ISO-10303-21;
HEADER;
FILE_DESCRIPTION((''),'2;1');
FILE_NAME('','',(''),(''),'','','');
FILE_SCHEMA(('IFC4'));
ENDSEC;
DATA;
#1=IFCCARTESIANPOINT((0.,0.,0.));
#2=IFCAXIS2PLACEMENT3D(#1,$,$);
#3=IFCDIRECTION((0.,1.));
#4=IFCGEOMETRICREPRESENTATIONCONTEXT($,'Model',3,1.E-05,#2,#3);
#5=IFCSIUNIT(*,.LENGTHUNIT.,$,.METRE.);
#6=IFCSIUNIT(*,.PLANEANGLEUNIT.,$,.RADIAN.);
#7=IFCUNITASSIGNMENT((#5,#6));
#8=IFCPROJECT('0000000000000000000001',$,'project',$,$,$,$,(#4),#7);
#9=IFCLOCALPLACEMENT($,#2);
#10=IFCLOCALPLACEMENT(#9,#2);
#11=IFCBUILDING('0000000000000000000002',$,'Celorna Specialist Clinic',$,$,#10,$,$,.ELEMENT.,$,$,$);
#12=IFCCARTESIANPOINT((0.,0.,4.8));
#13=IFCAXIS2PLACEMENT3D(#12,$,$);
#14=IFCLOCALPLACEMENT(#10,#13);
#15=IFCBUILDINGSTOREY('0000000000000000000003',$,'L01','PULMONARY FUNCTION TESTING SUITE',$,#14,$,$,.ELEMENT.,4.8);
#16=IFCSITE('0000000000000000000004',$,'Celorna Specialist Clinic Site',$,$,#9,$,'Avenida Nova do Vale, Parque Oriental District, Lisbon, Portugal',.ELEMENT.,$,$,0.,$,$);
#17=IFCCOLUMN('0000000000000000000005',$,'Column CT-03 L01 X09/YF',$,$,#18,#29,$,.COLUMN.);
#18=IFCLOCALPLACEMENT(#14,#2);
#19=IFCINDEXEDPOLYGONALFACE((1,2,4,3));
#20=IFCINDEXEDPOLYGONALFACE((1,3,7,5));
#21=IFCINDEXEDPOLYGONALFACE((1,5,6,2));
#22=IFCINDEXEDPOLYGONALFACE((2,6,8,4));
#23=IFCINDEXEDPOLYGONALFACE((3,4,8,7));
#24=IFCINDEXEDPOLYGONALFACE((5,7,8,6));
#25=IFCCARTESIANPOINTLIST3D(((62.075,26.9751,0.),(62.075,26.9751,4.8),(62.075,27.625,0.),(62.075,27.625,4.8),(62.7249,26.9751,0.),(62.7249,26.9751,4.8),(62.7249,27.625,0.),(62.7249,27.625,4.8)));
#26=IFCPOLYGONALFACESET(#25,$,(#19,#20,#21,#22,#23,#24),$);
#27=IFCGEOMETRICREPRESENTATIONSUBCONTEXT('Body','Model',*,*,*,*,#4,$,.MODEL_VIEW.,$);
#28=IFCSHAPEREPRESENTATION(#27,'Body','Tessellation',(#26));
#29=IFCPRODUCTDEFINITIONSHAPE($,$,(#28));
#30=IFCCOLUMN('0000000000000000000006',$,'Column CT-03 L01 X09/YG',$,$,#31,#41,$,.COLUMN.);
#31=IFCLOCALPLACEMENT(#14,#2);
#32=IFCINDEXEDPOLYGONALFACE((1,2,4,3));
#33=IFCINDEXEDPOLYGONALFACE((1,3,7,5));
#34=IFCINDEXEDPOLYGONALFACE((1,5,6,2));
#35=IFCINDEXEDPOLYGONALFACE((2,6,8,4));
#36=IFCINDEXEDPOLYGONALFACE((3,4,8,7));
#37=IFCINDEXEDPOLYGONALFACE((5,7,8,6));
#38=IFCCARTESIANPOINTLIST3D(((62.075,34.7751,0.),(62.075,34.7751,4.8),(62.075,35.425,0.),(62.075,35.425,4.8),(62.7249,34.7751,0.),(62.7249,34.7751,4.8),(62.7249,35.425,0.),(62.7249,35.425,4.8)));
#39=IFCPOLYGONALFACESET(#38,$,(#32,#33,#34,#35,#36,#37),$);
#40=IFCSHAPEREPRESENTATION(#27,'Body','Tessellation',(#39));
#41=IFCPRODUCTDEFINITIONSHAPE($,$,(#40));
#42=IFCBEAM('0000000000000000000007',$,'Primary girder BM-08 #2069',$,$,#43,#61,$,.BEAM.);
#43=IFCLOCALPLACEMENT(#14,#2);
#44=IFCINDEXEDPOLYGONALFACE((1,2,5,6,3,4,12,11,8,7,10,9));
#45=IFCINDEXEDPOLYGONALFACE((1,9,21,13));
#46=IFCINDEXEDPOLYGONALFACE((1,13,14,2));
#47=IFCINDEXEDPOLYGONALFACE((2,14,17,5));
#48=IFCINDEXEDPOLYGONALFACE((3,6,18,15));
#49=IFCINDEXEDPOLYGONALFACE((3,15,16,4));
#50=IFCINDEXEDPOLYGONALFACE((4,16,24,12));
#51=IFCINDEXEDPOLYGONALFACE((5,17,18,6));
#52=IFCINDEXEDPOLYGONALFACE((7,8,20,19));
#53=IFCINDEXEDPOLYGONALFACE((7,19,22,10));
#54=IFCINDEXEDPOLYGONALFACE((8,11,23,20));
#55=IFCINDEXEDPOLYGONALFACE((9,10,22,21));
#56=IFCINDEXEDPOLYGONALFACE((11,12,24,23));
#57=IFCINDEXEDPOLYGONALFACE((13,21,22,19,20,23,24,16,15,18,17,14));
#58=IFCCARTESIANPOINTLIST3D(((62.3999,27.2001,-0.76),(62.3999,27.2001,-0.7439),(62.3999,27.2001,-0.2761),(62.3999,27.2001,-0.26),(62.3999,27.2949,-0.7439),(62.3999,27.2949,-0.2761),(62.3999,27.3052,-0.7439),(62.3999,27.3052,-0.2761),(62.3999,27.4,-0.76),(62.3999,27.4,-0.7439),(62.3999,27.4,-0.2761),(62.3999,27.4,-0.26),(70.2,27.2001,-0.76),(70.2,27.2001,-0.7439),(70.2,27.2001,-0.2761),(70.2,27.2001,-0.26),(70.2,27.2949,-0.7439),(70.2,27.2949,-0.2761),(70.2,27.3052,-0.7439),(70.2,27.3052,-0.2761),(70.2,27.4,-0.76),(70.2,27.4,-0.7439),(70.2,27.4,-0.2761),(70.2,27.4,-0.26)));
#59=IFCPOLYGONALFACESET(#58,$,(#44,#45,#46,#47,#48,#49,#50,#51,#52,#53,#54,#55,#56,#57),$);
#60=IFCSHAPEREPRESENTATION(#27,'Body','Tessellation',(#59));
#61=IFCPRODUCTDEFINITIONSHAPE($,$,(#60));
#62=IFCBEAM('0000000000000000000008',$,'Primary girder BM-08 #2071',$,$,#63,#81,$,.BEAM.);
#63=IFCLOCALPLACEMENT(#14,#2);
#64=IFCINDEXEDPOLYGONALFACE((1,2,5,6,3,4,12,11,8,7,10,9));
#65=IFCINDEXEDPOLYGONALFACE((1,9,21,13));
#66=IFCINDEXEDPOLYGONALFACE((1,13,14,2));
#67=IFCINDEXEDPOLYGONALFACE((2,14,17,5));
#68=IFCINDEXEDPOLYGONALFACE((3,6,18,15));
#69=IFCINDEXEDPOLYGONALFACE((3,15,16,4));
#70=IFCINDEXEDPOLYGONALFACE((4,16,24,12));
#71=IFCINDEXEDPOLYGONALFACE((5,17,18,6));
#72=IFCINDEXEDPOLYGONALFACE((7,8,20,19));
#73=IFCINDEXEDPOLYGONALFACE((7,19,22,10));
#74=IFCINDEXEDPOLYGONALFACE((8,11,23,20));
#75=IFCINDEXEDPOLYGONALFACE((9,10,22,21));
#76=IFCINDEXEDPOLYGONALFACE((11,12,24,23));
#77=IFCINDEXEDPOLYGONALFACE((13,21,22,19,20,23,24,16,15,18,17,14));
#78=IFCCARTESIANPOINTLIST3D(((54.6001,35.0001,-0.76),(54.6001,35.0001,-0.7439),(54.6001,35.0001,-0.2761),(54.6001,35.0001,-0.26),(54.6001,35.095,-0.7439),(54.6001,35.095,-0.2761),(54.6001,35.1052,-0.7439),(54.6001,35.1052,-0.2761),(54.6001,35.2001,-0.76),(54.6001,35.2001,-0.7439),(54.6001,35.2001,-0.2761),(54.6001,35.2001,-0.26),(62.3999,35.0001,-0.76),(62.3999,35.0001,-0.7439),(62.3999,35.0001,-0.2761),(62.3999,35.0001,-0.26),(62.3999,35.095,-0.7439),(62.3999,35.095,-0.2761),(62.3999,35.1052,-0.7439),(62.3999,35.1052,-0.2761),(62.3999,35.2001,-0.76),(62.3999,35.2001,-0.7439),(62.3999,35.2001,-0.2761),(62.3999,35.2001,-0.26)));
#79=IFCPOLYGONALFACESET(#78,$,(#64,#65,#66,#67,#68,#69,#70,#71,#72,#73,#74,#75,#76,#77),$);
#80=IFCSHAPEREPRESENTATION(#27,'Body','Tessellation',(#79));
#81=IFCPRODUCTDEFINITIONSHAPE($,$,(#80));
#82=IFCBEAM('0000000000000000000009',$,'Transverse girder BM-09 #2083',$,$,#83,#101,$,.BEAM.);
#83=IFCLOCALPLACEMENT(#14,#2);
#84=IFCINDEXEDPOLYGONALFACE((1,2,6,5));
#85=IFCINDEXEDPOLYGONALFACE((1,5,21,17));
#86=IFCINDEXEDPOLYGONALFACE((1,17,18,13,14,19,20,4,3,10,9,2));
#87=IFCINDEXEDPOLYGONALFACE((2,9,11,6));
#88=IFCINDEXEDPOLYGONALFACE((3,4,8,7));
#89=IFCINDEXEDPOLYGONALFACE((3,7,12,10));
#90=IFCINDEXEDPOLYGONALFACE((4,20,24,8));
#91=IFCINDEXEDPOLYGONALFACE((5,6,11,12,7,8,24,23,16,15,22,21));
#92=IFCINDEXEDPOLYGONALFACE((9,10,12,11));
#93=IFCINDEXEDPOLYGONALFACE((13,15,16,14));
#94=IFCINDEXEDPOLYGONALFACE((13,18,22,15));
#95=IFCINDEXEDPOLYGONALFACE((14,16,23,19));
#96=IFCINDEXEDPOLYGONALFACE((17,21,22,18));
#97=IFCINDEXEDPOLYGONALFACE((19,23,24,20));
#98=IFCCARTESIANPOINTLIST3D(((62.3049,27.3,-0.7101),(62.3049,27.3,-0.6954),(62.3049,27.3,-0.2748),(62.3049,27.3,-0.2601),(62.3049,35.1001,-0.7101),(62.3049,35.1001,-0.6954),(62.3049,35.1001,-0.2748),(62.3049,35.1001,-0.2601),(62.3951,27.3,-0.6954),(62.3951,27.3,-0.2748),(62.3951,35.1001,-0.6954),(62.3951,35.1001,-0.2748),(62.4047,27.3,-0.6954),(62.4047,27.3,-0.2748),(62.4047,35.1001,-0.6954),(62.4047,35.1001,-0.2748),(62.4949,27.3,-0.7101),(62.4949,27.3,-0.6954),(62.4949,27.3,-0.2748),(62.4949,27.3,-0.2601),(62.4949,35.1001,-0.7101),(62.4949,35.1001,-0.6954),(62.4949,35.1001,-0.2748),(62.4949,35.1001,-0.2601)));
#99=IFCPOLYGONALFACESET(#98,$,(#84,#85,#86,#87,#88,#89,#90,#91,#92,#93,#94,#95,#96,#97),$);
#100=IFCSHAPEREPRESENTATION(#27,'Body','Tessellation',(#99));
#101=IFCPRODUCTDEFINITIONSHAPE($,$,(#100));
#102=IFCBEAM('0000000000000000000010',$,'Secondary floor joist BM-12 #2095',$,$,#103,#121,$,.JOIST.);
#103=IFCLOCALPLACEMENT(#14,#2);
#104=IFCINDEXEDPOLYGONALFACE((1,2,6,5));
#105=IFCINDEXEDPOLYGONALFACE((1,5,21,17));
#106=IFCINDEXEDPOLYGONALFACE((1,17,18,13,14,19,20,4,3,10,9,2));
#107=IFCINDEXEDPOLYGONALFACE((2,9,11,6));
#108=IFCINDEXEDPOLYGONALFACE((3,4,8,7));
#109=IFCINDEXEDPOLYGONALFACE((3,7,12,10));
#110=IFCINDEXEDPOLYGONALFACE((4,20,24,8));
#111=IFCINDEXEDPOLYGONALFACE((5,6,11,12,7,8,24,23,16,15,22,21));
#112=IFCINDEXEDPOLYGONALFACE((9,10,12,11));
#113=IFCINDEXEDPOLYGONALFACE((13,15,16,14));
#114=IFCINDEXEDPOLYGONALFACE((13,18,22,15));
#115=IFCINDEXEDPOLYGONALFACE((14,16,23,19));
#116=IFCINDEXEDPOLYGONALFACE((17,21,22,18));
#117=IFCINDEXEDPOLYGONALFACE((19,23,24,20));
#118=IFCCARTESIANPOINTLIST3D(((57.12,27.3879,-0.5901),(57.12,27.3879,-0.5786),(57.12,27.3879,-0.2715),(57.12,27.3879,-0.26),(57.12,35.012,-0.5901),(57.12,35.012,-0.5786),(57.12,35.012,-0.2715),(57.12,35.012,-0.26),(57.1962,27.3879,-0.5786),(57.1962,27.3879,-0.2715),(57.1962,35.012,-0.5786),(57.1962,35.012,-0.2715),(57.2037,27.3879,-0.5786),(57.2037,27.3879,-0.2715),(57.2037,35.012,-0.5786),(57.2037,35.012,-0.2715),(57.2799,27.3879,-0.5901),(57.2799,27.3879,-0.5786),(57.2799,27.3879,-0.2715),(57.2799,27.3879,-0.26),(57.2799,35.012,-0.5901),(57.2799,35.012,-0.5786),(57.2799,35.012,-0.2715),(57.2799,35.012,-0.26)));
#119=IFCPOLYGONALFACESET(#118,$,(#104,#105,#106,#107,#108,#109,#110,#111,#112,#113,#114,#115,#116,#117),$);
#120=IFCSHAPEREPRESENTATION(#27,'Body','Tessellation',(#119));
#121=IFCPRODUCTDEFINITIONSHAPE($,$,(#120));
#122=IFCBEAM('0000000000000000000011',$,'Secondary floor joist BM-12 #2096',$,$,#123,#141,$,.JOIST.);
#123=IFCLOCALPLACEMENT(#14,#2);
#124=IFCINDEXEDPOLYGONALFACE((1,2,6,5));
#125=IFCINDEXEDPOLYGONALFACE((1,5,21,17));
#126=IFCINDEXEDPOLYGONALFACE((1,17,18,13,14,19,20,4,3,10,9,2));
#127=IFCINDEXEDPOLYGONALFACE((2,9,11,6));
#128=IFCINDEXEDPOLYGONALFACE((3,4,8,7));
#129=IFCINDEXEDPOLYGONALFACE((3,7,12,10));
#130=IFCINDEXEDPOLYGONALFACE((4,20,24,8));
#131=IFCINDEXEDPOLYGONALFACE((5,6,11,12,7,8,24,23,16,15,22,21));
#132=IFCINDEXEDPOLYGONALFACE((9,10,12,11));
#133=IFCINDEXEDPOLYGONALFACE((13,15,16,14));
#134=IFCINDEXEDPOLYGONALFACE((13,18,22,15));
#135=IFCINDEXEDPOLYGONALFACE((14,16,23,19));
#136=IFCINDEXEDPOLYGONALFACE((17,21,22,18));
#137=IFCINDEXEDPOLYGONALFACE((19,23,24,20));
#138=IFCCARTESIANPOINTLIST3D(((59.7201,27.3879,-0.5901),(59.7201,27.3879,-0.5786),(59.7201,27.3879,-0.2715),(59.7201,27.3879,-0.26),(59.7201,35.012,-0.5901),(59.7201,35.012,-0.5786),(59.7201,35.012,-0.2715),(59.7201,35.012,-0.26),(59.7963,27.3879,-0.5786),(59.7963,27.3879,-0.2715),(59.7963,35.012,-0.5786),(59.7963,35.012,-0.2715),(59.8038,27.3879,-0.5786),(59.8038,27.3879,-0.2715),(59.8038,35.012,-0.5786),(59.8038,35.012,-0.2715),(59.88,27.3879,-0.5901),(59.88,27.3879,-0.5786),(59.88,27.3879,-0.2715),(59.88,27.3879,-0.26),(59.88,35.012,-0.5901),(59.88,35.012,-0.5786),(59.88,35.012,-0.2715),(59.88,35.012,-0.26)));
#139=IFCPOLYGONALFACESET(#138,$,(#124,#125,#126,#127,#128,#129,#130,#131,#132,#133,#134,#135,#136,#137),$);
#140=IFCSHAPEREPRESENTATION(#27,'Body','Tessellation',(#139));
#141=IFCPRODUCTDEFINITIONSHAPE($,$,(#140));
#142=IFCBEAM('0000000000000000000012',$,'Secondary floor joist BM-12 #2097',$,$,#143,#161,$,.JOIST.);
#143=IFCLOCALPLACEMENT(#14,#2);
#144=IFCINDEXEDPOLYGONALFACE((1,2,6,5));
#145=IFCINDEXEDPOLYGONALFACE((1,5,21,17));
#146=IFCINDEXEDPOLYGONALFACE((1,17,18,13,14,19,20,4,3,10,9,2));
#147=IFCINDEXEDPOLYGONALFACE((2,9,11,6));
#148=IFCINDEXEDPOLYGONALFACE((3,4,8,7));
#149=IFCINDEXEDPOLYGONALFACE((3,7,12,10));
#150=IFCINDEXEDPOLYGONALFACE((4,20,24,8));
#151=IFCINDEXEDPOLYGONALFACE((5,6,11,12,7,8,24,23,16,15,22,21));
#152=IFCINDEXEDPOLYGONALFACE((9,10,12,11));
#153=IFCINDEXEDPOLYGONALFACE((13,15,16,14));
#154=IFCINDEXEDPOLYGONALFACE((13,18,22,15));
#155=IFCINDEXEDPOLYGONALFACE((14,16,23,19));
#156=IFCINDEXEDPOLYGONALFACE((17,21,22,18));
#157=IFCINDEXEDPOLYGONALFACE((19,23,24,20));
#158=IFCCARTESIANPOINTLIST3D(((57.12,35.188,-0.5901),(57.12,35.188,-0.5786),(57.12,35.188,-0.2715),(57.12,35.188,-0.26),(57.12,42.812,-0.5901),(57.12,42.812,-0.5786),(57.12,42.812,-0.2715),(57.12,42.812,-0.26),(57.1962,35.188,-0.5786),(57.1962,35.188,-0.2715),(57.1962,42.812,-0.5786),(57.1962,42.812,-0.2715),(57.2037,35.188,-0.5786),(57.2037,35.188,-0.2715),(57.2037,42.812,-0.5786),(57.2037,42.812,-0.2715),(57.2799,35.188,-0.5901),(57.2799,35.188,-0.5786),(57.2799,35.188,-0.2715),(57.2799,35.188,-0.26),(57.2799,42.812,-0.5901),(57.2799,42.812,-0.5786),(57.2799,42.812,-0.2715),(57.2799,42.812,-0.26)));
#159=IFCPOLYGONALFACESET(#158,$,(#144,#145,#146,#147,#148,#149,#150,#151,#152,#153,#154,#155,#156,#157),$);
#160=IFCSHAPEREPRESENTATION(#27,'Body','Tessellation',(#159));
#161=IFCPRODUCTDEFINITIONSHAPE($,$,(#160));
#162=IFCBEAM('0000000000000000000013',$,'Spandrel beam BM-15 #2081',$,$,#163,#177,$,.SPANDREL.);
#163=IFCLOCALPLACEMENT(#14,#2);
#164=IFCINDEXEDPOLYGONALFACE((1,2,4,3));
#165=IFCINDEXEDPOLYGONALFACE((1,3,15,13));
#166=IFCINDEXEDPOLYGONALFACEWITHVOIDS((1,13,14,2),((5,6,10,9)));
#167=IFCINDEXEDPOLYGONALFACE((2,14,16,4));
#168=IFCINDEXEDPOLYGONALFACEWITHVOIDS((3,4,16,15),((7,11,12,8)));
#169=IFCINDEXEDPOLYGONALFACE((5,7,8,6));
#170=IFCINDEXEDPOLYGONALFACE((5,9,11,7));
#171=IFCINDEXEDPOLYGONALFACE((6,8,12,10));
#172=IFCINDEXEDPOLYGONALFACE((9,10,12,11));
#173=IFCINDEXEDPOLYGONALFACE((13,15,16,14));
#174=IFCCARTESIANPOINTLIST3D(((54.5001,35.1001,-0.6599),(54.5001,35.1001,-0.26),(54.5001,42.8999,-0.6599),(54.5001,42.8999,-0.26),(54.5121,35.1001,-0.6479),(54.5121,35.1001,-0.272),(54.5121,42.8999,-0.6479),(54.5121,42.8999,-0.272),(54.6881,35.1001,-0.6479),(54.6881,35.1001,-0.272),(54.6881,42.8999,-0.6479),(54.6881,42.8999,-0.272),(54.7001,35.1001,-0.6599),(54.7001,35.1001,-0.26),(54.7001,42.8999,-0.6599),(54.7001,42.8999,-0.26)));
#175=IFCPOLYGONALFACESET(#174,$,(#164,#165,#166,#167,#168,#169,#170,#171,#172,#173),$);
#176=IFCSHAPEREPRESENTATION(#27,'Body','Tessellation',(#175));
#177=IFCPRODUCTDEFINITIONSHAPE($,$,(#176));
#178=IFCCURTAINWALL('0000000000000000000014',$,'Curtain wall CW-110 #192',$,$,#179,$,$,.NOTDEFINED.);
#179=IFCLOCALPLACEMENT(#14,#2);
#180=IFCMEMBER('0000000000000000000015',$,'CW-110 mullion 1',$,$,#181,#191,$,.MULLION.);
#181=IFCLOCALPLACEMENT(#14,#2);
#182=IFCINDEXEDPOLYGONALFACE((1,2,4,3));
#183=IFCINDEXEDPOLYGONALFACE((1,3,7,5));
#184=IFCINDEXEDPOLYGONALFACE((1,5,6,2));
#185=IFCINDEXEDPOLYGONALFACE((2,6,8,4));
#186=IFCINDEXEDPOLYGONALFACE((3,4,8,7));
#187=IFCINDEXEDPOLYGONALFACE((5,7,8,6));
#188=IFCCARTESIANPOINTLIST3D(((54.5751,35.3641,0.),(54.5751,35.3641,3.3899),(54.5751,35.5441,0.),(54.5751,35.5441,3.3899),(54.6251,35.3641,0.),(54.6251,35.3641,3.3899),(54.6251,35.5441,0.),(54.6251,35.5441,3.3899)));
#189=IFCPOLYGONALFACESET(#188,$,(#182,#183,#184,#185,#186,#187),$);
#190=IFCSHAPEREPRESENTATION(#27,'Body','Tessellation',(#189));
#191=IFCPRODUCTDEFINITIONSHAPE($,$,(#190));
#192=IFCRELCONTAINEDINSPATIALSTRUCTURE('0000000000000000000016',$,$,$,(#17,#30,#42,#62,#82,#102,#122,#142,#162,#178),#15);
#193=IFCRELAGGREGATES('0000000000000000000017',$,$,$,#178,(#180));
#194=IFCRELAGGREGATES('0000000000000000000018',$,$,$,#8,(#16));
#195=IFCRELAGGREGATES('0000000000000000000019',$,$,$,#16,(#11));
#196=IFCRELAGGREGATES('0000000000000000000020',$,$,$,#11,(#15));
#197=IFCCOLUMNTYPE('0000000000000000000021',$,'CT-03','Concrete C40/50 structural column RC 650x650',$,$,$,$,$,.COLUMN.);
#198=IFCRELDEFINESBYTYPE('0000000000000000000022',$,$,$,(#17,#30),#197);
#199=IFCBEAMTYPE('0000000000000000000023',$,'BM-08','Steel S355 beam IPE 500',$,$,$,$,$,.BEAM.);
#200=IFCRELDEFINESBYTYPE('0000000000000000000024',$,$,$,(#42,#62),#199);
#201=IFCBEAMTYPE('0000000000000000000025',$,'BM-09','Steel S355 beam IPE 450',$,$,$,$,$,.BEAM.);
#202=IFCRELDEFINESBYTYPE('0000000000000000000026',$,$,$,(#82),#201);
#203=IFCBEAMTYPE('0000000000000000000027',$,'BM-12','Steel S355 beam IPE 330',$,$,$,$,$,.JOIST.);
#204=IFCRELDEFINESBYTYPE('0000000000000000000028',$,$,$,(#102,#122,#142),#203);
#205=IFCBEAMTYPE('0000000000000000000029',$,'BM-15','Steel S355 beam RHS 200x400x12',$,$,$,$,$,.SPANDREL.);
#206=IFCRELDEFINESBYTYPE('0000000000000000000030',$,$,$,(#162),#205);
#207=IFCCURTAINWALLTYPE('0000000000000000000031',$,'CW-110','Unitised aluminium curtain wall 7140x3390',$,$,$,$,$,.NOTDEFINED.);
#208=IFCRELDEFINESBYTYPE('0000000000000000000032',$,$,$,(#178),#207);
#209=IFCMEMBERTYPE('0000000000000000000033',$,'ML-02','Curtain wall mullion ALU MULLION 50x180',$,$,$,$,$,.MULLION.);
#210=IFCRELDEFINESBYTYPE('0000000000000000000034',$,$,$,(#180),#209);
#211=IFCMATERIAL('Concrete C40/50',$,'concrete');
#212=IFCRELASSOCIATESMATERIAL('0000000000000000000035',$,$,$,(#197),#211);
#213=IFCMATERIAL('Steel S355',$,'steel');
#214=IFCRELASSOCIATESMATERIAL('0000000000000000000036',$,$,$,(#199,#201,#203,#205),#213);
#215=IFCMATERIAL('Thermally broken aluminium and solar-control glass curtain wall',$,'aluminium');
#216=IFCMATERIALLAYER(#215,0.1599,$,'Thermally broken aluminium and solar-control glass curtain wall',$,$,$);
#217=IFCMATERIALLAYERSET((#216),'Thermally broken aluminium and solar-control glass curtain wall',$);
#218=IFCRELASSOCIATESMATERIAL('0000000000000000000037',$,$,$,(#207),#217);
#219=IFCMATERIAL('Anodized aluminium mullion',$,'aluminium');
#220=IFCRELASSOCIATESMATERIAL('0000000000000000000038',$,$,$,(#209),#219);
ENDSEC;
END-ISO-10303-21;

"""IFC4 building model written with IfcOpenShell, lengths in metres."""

from ifc_helpers import new_model, si_unit, direction, frame, origin, origin_2d, place, context, subcontext, project, spatial, rectangle, hollow_rectangle, i_section, extrude, material, layer, layer_set, material_profile, profile_set, type_object, element, aggregate, save


model = new_model("IFC4")

# Units and contexts
model_context = context("Model", 3, precision=1e-05, world=origin(), true_north=direction((0.0, 1.0)))
body_context = subcontext(model_context, "Body", "Model", "MODEL_VIEW")
ifc_project = project(units=[si_unit("LENGTHUNIT", "METRE"), si_unit("PLANEANGLEUNIT", "RADIAN")], contexts=[model_context])

# Site, building, storey
site_placement = place(None, origin())
site = spatial("IfcSite", under=ifc_project, at=site_placement, Name="Celorna Specialist Clinic Site", LongName="Avenida Nova do Vale, Parque Oriental District, Lisbon, Portugal", CompositionType="ELEMENT", RefElevation=0.0)
building_placement = place(site_placement, origin())
building = spatial("IfcBuilding", under=site, at=building_placement, Name="Celorna Specialist Clinic", CompositionType="ELEMENT")
storey_placement = place(building_placement, frame((0.0, 0.0, 4.8)))
storey = spatial("IfcBuildingStorey", under=building, at=storey_placement, Name="L01", Description="PULMONARY FUNCTION TESTING SUITE", CompositionType="ELEMENT", Elevation=4.8)

# Columns
ifc_material_1 = material(Name="Concrete C40/50", Category="concrete")
ifc_material_profile_1 = material_profile(ifc_material_1, rectangle(XDim=0.6499, YDim=0.6499, at=origin_2d()), Name="RC 650x650")
ifc_profile_set_1 = profile_set([ifc_material_profile_1], Name="Concrete C40/50")
column_type = type_object("IfcColumnType", Name="CT-03", Description="Concrete C40/50 structural column RC 650x650", PredefinedType="COLUMN", material=ifc_profile_set_1)
for number, where, z_axis, x_axis, name in (
    (1, (62.3999, 27.3, 0.0), (0.0, 0.0, 1.0), (1.0, 0.0, 0.0), "Column CT-03 L01 X09/YF"),
    (2, (62.3999, 35.1001, 0.0), (0.0, 0.0, 1.0), (1.0, 0.0, 0.0), "Column CT-03 L01 X09/YG"),
):
    element("IfcColumn", number, at=place(storey_placement, frame(where, z_axis=z_axis, x_axis=x_axis)), inside=storey, type_object=column_type, Name=name, PredefinedType="COLUMN", context=body_context, shape_type="SweptSolid", body=[
        extrude(rectangle(XDim=0.6499, YDim=0.6499, at=origin_2d()), origin(), (0.0, 0.0, 1.0), 4.8),
    ])

# Beams
ifc_material_2 = material(Name="Steel S355", Category="steel")
ifc_material_profile_2 = material_profile(ifc_material_2, i_section(OverallWidth=0.2, OverallDepth=0.5, WebThickness=0.0103, FlangeThickness=0.0161, at=origin_2d()), Name="IPE 500")
ifc_profile_set_2 = profile_set([ifc_material_profile_2], Name="Steel S355")
beam_type_1 = type_object("IfcBeamType", Name="BM-08", Description="Steel S355 beam IPE 500", PredefinedType="BEAM", material=ifc_profile_set_2)
beam_1_placement = place(storey_placement, frame((62.3999, 27.3, -0.51), z_axis=(1.0, 0.0, 0.0), x_axis=(0.0, 1.0, 0.0)))
element("IfcBeam", 3, at=beam_1_placement, inside=storey, type_object=beam_type_1, Name="Primary girder BM-08 #2069", PredefinedType="BEAM", context=body_context, shape_type="SweptSolid", body=[
    extrude(i_section(OverallWidth=0.2, OverallDepth=0.5, WebThickness=0.0103, FlangeThickness=0.0161, at=origin_2d()), origin(), (0.0, 0.0, 1.0), 7.8),
])
beam_2_placement = place(storey_placement, frame((54.6001, 35.1001, -0.51), z_axis=(1.0, 0.0, 0.0), x_axis=(0.0, 1.0, 0.0)))
element("IfcBeam", 4, at=beam_2_placement, inside=storey, type_object=beam_type_1, Name="Primary girder BM-08 #2071", PredefinedType="BEAM", context=body_context, shape_type="SweptSolid", body=[
    extrude(i_section(OverallWidth=0.2, OverallDepth=0.5, WebThickness=0.0103, FlangeThickness=0.0161, at=origin_2d()), origin(), (0.0, 0.0, 1.0), 7.7998),
])
ifc_material_profile_3 = material_profile(ifc_material_2, i_section(OverallWidth=0.1899, OverallDepth=0.45, WebThickness=0.0095, FlangeThickness=0.0146, at=origin_2d()), Name="IPE 450")
ifc_profile_set_3 = profile_set([ifc_material_profile_3], Name="Steel S355")
beam_type_2 = type_object("IfcBeamType", Name="BM-09", Description="Steel S355 beam IPE 450", PredefinedType="BEAM", material=ifc_profile_set_3)
beam_3_placement = place(storey_placement, frame((62.3999, 27.3, -0.4851), z_axis=(0.0, 1.0, 0.0), x_axis=(-1.0, 0.0, 0.0)))
element("IfcBeam", 5, at=beam_3_placement, inside=storey, type_object=beam_type_2, Name="Transverse girder BM-09 #2083", PredefinedType="BEAM", context=body_context, shape_type="SweptSolid", body=[
    extrude(i_section(OverallWidth=0.1899, OverallDepth=0.45, WebThickness=0.0095, FlangeThickness=0.0146, at=origin_2d()), origin(), (0.0, 0.0, 1.0), 7.8),
])
ifc_material_profile_4 = material_profile(ifc_material_2, i_section(OverallWidth=0.1599, OverallDepth=0.3301, WebThickness=0.0076, FlangeThickness=0.0115, at=origin_2d()), Name="IPE 330")
ifc_profile_set_4 = profile_set([ifc_material_profile_4], Name="Steel S355")
beam_type_3 = type_object("IfcBeamType", Name="BM-12", Description="Steel S355 beam IPE 330", PredefinedType="JOIST", material=ifc_profile_set_4)
for number, where, z_axis, x_axis, name in (
    (6, (57.2, 27.3879, -0.425), (0.0, 1.0, 0.0), (-1.0, 0.0, 0.0), "Secondary floor joist BM-12 #2095"),
    (7, (59.8, 27.3879, -0.425), (0.0, 1.0, 0.0), (-1.0, 0.0, 0.0), "Secondary floor joist BM-12 #2096"),
    (8, (57.2, 35.188, -0.425), (0.0, 1.0, 0.0), (-1.0, 0.0, 0.0), "Secondary floor joist BM-12 #2097"),
):
    element("IfcBeam", number, at=place(storey_placement, frame(where, z_axis=z_axis, x_axis=x_axis)), inside=storey, type_object=beam_type_3, Name=name, PredefinedType="JOIST", context=body_context, shape_type="SweptSolid", body=[
        extrude(i_section(OverallWidth=0.1599, OverallDepth=0.3301, WebThickness=0.0076, FlangeThickness=0.0115, at=origin_2d()), origin(), (0.0, 0.0, 1.0), 7.624),
    ])
ifc_material_profile_5 = material_profile(ifc_material_2, hollow_rectangle(XDim=0.2, YDim=0.3999, WallThickness=0.012, at=origin_2d()), Name="RHS 200x400x12")
ifc_profile_set_5 = profile_set([ifc_material_profile_5], Name="Steel S355")
beam_type_4 = type_object("IfcBeamType", Name="BM-15", Description="Steel S355 beam RHS 200x400x12", PredefinedType="SPANDREL", material=ifc_profile_set_5)
beam_4_placement = place(storey_placement, frame((54.6001, 35.1001, -0.46), z_axis=(0.0, 1.0, 0.0), x_axis=(-1.0, 0.0, 0.0)))
element("IfcBeam", 9, at=beam_4_placement, inside=storey, type_object=beam_type_4, Name="Spandrel beam BM-15 #2081", PredefinedType="SPANDREL", context=body_context, shape_type="SweptSolid", body=[
    extrude(hollow_rectangle(XDim=0.2, YDim=0.3999, WallThickness=0.012, at=origin_2d()), origin(), (0.0, 0.0, 1.0), 7.7998),
])

# Curtain wall, member
ifc_material_3 = material(Name="Thermally broken aluminium and solar-control glass curtain wall", Category="aluminium")
ifc_layer_1 = layer(ifc_material_3, 0.1599, Name="Thermally broken aluminium and solar-control glass curtain wall")
ifc_layer_set_1 = layer_set([ifc_layer_1], Name="Thermally broken aluminium and solar-control glass curtain wall")
curtain_wall_type = type_object("IfcCurtainWallType", Name="CW-110", Description="Unitised aluminium curtain wall 7140x3390", PredefinedType="NOTDEFINED", material=ifc_layer_set_1)
curtain_wall_placement = place(storey_placement, origin())
curtain_wall = element("IfcCurtainWall", 10, at=curtain_wall_placement, inside=storey, type_object=curtain_wall_type, Name="Curtain wall CW-110 #192", PredefinedType="NOTDEFINED")
ifc_material_4 = material(Name="Anodized aluminium mullion", Category="aluminium")
ifc_material_profile_6 = material_profile(ifc_material_4, rectangle(XDim=0.05, YDim=0.1799, at=origin_2d()), Name="ALU MULLION 50x180")
ifc_profile_set_6 = profile_set([ifc_material_profile_6], Name="Anodized aluminium mullion")
member_type_1 = type_object("IfcMemberType", Name="ML-02", Description="Curtain wall mullion ALU MULLION 50x180", PredefinedType="MULLION", material=ifc_profile_set_6)
member_1_placement = place(storey_placement, frame((54.6001, 35.4541, 0.0), z_axis=(0.0, 0.0, 1.0), x_axis=(-1.0, 0.0, 0.0)))
member_1 = element("IfcMember", 11, at=member_1_placement, type_object=member_type_1, Name="CW-110 mullion 1", PredefinedType="MULLION", context=body_context, shape_type="SweptSolid", body=[
    extrude(rectangle(XDim=0.05, YDim=0.1799, at=origin_2d()), origin(), (0.0, 0.0, 1.0), 3.3899),
])
aggregate(curtain_wall, [member_1])

save(model, "model.ifc")
